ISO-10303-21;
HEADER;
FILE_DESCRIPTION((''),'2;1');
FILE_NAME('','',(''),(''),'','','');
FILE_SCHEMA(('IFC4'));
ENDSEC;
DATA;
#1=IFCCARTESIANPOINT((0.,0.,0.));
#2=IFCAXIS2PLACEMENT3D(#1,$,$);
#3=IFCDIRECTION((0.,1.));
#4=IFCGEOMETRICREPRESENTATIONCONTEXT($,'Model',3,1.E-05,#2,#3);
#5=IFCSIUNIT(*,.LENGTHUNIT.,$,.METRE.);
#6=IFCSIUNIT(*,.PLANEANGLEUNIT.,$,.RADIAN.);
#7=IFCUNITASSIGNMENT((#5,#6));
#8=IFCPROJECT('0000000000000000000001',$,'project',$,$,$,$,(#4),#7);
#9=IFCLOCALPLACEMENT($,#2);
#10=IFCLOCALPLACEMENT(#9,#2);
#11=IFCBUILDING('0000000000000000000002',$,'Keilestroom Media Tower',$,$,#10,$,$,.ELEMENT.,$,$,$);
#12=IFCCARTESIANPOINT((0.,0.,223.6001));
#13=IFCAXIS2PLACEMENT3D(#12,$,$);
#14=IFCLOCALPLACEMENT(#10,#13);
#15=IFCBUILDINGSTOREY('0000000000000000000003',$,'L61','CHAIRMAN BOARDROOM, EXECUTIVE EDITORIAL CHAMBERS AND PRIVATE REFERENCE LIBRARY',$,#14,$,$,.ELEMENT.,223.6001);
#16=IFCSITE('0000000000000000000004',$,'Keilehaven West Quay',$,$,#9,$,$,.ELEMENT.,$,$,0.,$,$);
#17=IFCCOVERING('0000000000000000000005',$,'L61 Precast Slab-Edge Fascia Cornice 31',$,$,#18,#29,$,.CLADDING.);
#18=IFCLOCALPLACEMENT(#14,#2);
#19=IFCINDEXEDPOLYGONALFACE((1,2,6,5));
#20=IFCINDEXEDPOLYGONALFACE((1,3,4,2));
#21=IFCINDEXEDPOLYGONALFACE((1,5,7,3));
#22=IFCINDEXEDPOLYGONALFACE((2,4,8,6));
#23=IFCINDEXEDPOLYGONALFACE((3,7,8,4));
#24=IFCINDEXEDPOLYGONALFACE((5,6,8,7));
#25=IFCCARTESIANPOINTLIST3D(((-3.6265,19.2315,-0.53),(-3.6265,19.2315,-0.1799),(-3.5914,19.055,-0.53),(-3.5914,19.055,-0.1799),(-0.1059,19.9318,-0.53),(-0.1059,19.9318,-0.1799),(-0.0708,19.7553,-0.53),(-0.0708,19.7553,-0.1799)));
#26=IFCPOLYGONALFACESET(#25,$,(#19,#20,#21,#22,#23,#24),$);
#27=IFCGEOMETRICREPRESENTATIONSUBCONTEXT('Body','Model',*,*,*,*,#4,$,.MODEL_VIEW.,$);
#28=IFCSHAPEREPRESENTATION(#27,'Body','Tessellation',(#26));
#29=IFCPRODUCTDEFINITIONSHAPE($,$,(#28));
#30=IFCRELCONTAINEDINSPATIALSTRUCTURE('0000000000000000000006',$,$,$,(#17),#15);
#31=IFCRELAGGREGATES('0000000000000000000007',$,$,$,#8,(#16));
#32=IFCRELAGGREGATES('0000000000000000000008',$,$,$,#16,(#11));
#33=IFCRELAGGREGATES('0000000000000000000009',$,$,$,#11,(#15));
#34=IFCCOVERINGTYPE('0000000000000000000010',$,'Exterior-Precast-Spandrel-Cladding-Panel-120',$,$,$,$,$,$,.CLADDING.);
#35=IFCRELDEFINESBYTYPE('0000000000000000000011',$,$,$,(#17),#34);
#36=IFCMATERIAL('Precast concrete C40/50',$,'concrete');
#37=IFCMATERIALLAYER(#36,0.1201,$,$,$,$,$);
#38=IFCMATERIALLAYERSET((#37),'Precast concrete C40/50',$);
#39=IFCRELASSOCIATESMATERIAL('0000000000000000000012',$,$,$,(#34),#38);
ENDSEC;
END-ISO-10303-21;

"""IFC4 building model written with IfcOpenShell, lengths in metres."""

from ifc_helpers import new_model, si_unit, direction, frame, origin, origin_2d, place, context, subcontext, project, spatial, rectangle, extrude, source, transform, mapped, material, layer, layer_set, type_object, element, save


model = new_model("IFC4")

# Units and contexts
model_context = context("Model", 3, precision=1e-05, world=origin(), true_north=direction((0.0, 1.0)))
body_context = subcontext(model_context, "Body", "Model", "MODEL_VIEW")
ifc_project = project(units=[si_unit("LENGTHUNIT", "METRE"), si_unit("PLANEANGLEUNIT", "RADIAN")], contexts=[model_context])

# Site, building, storey
site_placement = place(None, origin())
site = spatial("IfcSite", under=ifc_project, at=site_placement, Name="Keilehaven West Quay", CompositionType="ELEMENT", RefElevation=0.0)
building_placement = place(site_placement, origin())
building = spatial("IfcBuilding", under=site, at=building_placement, Name="Keilestroom Media Tower", CompositionType="ELEMENT")
storey_placement = place(building_placement, frame((0.0, 0.0, 223.6001)))
storey = spatial("IfcBuildingStorey", under=building, at=storey_placement, Name="L61", Description="CHAIRMAN BOARDROOM, EXECUTIVE EDITORIAL CHAMBERS AND PRIVATE REFERENCE LIBRARY", CompositionType="ELEMENT", Elevation=223.6001)

# Shared definitions
ifc_material_1 = material(Name="Precast concrete C40/50", Category="concrete")

# Covering
ifc_layer_1 = layer(ifc_material_1, 0.1201)
ifc_layer_set_1 = layer_set([ifc_layer_1], Name="Precast concrete C40/50")
covering_type = type_object("IfcCoveringType", Name="Exterior-Precast-Spandrel-Cladding-Panel-120", PredefinedType="CLADDING", material=ifc_layer_set_1)
shared_shape_1 = source(origin(), body_context, "Body", "SweptSolid", [
    extrude(rectangle(XDim=3.5896, YDim=0.1799, at=origin_2d()), origin(), (0.0, 0.0, 1.0), 0.3501),
])
for number, where, z_axis, x_axis, name in (
    (1, (-1.8486, 19.4934, -0.53), (0.0, 0.0, 1.0), (0.980784, 0.195099, 0.0), "L61 Precast Slab-Edge Fascia Cornice 31"),
):
    element("IfcCovering", number, at=place(storey_placement, frame(where, z_axis=z_axis, x_axis=x_axis)), inside=storey, type_object=covering_type, Name=name, PredefinedType="CLADDING", context=body_context, shape_type="MappedRepresentation", body=[
        mapped(shared_shape_1, transform((0.0, 0.0, 0.0), x_axis=(1.0, 0.0, 0.0), y_axis=(0.0, 1.0, 0.0), z_axis=(0.0, 0.0, 1.0), scale=1.0)),
    ])

save(model, "model.ifc")
